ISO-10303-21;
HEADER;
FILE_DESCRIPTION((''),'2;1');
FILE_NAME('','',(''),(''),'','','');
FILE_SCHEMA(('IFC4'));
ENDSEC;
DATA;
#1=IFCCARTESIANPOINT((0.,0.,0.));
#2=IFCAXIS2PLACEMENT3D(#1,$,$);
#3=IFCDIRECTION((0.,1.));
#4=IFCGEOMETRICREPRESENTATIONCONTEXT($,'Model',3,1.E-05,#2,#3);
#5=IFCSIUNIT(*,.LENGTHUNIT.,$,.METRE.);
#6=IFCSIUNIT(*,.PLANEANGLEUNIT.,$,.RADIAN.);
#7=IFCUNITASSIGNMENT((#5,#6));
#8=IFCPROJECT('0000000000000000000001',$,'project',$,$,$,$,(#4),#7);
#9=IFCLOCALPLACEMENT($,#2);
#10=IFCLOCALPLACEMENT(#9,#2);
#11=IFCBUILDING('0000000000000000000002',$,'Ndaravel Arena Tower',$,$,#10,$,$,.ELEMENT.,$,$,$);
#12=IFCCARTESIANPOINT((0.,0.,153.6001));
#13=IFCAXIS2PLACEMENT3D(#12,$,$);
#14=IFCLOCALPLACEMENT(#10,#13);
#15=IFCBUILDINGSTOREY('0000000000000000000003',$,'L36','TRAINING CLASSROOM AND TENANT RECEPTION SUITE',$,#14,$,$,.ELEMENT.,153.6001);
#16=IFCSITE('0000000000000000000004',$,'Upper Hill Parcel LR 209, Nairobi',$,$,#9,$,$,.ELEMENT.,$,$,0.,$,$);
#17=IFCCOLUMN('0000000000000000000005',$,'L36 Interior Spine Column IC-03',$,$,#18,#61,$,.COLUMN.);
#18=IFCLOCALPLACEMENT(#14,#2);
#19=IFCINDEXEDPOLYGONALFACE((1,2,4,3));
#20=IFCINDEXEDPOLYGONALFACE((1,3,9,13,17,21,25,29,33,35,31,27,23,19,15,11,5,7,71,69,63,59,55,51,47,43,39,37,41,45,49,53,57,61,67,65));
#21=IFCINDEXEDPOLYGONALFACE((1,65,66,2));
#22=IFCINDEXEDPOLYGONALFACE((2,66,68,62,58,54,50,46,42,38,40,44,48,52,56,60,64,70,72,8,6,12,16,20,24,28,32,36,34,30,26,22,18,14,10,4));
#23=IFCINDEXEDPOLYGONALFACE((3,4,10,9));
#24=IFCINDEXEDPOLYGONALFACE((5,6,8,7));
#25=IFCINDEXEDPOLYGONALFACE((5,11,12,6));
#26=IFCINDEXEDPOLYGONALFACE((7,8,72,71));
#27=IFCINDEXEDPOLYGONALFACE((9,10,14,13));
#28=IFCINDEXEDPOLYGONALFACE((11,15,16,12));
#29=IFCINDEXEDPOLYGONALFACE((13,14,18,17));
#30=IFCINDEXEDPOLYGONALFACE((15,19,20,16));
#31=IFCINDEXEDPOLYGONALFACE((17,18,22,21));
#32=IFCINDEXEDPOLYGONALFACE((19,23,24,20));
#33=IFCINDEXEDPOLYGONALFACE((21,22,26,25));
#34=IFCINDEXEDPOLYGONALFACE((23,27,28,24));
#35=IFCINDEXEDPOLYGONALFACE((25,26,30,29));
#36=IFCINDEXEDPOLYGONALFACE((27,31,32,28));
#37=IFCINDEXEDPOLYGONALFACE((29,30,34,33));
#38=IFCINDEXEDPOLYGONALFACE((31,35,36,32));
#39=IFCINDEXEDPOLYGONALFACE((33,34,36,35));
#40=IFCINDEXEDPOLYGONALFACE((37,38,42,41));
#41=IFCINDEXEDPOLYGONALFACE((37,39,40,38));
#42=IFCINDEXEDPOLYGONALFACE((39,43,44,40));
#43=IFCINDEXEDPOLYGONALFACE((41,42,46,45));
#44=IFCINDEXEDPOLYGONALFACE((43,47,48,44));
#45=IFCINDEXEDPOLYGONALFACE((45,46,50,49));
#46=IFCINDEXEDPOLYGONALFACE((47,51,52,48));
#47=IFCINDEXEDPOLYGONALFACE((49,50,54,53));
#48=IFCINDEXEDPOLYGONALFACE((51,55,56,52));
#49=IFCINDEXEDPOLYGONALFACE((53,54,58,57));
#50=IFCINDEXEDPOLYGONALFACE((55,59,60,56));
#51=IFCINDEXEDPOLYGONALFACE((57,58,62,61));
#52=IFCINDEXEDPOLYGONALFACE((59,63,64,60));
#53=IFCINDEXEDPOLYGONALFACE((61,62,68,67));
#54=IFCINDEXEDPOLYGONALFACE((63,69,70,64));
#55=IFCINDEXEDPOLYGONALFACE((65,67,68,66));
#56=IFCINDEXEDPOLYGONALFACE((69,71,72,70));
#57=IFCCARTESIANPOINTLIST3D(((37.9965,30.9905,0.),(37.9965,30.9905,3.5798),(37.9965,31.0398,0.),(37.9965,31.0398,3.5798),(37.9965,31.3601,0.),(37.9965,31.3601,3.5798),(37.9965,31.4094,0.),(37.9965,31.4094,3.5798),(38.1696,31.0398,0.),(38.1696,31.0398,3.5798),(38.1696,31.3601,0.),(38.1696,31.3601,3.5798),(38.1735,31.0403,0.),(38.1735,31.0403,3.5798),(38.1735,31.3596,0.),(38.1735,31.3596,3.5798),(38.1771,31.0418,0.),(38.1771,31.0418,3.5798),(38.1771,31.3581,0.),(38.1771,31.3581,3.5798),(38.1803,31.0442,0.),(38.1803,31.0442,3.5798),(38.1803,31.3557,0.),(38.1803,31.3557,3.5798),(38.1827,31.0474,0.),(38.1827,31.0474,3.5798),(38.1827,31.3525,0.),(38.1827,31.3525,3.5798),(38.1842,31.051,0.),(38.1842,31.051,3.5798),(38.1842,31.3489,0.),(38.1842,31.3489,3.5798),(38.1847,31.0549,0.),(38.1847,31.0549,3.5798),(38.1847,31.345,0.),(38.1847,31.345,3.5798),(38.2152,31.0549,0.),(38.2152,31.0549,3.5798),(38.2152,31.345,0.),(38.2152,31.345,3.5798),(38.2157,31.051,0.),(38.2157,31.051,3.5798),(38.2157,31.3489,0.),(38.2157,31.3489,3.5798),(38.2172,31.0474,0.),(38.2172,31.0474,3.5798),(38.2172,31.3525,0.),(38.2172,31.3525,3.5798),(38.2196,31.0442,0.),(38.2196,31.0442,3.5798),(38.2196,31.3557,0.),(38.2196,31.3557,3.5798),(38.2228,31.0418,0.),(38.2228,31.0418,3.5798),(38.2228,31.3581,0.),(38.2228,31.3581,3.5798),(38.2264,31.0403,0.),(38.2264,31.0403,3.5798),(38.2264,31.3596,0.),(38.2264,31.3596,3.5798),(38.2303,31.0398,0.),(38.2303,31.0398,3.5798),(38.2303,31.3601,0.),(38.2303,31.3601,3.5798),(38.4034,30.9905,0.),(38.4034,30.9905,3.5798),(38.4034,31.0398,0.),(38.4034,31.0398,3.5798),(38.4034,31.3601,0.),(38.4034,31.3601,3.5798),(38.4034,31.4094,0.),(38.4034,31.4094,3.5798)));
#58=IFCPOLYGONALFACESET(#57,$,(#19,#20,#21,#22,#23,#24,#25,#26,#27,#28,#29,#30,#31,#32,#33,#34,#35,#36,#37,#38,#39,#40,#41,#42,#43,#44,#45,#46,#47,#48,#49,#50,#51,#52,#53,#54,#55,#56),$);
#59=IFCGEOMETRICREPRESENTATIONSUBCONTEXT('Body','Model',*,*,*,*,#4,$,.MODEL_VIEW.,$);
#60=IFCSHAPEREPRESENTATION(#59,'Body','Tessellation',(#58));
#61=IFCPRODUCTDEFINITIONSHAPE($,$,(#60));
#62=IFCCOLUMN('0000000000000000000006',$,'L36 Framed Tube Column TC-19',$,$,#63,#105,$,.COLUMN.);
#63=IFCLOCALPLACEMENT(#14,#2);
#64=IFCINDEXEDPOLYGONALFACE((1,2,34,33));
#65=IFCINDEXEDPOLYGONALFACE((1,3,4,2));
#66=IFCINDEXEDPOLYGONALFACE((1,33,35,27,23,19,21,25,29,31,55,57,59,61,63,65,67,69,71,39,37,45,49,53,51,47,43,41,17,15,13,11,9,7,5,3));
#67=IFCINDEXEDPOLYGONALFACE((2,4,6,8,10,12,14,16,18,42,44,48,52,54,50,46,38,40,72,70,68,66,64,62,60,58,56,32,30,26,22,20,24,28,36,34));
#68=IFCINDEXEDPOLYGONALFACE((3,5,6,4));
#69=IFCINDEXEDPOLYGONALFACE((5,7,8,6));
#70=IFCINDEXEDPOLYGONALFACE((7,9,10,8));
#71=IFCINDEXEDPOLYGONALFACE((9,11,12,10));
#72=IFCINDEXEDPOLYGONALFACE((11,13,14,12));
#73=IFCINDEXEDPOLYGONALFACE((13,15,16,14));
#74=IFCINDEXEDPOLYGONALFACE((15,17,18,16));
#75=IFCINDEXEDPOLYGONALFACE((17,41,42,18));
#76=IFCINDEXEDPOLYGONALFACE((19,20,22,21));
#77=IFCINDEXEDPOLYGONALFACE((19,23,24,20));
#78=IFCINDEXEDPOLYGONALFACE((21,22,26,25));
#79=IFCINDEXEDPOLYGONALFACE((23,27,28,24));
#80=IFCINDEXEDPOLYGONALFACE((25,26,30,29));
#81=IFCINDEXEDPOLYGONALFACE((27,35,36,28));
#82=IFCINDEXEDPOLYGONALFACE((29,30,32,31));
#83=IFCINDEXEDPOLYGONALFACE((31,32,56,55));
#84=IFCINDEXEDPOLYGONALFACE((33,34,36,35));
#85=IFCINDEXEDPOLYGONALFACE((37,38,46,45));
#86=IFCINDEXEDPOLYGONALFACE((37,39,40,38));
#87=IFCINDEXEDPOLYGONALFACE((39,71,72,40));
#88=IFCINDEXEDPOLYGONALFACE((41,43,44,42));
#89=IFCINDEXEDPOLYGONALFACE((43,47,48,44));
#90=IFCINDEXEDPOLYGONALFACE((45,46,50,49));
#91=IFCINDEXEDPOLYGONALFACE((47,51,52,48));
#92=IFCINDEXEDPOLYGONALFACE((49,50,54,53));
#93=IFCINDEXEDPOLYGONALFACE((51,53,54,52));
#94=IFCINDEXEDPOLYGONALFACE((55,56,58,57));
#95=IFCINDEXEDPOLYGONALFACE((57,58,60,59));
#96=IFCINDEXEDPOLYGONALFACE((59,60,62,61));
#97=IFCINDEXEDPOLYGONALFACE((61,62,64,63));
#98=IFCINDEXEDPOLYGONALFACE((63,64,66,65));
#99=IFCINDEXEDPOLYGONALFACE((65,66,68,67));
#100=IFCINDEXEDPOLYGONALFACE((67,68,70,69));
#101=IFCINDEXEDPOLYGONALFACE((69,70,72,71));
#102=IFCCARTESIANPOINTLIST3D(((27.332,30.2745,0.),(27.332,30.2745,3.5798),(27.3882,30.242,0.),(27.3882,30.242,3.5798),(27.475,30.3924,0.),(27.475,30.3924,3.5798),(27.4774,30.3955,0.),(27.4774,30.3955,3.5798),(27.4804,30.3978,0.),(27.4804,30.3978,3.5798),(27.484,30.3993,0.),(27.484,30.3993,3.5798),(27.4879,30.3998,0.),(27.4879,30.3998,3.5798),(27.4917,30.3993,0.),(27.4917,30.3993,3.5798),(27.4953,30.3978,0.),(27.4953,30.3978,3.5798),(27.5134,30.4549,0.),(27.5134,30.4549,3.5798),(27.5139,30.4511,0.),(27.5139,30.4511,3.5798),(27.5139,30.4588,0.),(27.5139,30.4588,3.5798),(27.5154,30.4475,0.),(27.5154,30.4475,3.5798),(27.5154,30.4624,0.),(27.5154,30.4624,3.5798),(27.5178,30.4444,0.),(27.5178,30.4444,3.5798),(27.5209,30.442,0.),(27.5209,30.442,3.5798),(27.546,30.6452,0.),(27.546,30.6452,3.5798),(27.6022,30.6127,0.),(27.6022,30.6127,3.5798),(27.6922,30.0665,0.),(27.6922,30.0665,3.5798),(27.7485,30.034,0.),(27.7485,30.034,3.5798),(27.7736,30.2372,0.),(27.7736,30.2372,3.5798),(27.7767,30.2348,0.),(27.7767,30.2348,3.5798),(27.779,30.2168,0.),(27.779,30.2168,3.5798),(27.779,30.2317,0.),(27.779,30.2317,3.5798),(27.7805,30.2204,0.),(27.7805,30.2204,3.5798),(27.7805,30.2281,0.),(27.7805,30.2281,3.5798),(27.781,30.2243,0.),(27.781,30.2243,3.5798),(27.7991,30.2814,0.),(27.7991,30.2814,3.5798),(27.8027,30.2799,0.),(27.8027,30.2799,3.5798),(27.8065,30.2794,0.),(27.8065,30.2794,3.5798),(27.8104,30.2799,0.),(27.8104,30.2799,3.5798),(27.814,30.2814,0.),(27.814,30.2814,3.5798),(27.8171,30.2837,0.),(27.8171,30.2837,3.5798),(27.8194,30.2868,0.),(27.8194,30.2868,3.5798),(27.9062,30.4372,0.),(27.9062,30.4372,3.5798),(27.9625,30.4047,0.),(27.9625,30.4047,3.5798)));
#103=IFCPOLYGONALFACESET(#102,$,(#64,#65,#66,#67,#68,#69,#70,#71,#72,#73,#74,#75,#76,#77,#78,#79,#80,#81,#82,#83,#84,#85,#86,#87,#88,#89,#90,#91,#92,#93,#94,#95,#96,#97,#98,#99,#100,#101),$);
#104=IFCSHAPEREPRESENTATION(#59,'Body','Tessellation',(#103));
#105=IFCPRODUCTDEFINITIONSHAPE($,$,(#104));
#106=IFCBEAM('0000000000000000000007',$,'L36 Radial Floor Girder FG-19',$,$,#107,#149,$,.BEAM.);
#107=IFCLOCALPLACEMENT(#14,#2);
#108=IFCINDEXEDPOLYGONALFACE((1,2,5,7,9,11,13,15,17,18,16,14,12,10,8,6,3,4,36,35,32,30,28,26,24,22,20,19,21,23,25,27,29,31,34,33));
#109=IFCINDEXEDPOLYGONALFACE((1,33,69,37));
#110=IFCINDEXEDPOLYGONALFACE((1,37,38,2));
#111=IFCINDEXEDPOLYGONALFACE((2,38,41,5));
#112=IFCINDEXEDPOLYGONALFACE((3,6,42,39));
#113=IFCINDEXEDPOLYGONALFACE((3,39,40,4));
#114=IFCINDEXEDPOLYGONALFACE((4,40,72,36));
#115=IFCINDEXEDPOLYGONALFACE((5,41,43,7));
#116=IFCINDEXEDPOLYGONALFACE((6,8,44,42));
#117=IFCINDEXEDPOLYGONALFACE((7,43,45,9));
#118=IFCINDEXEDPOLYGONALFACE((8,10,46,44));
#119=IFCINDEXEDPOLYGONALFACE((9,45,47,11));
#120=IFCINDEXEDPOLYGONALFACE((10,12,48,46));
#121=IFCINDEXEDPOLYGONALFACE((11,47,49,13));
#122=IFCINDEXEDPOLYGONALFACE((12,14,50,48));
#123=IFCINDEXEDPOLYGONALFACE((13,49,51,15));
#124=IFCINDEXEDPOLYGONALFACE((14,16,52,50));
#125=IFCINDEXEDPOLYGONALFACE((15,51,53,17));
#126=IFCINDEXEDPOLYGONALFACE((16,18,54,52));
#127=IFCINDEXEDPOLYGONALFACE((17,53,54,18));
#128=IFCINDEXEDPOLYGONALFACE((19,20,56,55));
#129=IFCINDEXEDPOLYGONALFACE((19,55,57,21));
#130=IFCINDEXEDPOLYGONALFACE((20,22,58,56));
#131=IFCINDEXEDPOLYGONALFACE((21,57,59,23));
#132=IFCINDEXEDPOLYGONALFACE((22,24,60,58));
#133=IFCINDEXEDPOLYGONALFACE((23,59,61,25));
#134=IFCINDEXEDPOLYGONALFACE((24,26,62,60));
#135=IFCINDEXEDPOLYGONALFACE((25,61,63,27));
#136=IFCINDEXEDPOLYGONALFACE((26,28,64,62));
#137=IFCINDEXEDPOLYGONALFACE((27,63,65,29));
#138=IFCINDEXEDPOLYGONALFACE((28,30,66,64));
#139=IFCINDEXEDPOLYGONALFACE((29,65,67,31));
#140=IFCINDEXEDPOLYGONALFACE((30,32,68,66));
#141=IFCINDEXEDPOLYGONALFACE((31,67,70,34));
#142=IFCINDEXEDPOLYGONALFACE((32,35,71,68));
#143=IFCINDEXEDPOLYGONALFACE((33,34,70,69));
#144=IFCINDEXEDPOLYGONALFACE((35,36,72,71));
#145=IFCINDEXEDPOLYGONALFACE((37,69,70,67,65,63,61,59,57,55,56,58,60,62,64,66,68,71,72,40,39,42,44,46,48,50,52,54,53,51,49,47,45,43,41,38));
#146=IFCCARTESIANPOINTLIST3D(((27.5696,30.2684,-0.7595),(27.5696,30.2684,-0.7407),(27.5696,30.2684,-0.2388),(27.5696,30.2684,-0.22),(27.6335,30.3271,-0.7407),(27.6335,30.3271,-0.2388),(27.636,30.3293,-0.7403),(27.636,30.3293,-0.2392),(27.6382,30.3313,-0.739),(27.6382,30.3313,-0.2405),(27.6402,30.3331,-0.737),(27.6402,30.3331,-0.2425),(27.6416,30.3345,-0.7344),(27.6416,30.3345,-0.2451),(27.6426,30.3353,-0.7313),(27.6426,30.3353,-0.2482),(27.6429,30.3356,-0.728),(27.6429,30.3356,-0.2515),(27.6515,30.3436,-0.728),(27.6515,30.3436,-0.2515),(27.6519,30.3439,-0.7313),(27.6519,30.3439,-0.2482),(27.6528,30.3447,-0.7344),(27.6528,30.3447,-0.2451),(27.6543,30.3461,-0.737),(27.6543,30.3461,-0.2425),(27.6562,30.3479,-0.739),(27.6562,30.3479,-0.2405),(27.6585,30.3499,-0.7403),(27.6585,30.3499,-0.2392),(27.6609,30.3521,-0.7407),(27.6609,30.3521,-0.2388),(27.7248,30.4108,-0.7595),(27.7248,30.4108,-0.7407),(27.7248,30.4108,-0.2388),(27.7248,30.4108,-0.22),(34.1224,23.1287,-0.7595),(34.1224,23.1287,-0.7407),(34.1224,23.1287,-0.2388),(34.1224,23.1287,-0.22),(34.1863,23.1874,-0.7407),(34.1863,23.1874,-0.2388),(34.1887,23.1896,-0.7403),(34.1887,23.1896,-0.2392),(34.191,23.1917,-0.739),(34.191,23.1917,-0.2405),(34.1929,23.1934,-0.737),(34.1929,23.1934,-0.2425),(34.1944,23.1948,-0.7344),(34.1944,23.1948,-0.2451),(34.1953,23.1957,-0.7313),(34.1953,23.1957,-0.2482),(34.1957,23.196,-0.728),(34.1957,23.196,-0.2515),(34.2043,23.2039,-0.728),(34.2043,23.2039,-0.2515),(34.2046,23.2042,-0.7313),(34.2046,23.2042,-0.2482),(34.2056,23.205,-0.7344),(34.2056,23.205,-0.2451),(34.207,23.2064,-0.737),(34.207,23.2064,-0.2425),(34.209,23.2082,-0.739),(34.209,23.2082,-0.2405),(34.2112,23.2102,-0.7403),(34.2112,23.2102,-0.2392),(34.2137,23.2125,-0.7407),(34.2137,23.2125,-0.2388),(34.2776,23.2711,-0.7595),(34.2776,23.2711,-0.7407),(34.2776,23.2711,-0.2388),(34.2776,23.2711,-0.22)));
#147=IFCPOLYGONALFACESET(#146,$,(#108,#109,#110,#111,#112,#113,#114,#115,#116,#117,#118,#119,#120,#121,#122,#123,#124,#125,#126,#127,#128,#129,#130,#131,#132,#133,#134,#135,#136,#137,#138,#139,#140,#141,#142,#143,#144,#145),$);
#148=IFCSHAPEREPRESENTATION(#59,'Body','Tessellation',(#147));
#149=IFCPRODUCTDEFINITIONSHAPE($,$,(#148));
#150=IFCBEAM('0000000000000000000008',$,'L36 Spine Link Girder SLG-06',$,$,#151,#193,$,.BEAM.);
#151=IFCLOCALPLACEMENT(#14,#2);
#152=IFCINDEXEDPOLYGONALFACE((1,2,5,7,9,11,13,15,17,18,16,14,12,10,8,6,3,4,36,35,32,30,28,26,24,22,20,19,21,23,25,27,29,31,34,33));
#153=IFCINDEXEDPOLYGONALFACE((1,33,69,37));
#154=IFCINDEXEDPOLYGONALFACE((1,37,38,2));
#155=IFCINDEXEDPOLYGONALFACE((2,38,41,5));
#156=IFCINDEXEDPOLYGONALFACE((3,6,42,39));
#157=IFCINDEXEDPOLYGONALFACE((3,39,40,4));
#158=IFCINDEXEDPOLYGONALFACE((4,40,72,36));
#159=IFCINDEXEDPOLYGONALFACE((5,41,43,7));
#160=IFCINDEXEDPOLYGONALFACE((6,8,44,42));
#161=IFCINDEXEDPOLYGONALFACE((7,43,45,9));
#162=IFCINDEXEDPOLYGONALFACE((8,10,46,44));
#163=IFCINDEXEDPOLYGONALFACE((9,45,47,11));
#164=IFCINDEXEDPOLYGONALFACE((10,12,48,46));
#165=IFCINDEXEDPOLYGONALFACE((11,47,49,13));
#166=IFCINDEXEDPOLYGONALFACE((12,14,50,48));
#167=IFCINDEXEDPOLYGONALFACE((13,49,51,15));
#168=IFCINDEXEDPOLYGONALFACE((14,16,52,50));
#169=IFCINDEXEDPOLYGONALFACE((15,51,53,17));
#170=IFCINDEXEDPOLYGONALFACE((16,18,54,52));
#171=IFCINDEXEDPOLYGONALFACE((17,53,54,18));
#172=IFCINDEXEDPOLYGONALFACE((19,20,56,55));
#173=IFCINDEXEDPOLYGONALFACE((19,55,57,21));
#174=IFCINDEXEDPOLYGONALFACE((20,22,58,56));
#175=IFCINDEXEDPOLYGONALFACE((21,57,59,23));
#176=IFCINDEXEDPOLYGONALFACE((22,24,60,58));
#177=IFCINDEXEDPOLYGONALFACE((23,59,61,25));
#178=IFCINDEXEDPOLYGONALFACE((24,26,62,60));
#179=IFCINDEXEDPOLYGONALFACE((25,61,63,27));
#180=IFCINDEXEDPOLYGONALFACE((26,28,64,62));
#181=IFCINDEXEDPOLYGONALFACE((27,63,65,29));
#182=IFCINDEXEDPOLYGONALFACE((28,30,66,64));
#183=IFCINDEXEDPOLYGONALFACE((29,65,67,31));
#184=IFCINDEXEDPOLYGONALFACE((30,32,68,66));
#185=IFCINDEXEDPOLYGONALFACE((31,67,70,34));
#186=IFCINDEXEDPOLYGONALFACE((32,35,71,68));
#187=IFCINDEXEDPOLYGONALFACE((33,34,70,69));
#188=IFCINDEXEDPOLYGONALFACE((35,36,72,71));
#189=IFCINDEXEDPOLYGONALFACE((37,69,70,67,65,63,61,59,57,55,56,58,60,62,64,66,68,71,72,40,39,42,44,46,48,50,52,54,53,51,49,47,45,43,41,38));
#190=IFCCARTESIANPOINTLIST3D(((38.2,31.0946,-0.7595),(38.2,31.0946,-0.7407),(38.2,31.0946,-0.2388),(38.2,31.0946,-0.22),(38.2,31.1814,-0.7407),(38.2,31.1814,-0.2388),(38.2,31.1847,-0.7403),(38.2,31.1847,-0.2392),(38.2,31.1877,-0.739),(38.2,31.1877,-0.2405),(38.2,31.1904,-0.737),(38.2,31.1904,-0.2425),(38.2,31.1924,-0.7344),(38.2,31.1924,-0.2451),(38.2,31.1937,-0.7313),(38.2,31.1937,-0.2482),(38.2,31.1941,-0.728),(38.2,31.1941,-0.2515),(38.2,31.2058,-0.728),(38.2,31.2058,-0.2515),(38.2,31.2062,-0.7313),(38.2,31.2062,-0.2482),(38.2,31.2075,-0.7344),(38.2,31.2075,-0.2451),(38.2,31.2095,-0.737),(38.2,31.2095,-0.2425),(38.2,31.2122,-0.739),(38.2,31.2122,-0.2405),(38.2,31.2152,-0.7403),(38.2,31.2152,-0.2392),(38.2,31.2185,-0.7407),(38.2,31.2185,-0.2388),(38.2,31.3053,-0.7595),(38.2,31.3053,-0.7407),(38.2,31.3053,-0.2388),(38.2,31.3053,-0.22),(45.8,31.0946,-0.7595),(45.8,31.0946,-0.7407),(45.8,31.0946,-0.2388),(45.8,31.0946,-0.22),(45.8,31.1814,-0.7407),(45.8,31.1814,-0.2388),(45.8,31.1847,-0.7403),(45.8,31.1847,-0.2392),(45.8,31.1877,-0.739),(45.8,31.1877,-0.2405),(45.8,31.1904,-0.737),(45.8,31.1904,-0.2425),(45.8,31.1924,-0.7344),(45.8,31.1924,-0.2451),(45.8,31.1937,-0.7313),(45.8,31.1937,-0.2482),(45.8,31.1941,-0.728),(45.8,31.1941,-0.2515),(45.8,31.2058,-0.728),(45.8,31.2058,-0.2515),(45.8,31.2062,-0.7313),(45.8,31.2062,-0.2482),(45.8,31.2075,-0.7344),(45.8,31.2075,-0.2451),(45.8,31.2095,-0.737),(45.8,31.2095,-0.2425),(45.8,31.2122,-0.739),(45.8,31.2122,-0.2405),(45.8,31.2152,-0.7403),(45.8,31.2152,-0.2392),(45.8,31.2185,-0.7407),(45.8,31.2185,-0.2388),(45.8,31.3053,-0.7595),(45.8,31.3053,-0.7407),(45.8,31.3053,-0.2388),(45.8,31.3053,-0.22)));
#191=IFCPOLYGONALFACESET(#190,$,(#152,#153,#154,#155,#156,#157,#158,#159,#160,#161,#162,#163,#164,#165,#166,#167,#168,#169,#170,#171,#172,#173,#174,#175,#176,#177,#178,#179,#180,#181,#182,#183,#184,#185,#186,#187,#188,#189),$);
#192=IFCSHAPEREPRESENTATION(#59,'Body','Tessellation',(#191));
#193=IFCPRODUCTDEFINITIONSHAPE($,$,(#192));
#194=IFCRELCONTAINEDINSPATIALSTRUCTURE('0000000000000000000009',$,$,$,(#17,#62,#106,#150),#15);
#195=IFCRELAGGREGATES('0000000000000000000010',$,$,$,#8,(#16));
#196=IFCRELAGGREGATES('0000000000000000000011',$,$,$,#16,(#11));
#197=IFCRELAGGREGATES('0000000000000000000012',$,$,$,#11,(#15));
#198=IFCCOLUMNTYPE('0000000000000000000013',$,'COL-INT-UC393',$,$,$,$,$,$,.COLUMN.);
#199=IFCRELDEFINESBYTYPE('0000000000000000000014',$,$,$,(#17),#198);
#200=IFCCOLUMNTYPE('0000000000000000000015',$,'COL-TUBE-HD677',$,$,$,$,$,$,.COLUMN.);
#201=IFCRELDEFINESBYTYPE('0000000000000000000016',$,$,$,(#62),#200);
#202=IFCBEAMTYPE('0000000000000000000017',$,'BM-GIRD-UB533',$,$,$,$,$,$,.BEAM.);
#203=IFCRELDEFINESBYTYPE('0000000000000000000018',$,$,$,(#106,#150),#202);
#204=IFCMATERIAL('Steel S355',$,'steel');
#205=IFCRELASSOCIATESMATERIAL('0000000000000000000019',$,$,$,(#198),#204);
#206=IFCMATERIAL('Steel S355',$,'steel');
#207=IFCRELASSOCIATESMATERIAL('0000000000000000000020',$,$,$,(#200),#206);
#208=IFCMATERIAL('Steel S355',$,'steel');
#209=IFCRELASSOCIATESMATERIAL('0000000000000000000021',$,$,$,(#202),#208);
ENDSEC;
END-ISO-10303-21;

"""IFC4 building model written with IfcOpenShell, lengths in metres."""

from ifc_helpers import new_model, si_unit, direction, frame, origin, origin_2d, place, context, subcontext, project, spatial, i_section, extrude, material, material_profile, profile_set, type_object, element, save


model = new_model("IFC4")

# Units and contexts
model_context = context("Model", 3, precision=1e-05, world=origin(), true_north=direction((0.0, 1.0)))
body_context = subcontext(model_context, "Body", "Model", "MODEL_VIEW")
ifc_project = project(units=[si_unit("LENGTHUNIT", "METRE"), si_unit("PLANEANGLEUNIT", "RADIAN")], contexts=[model_context])

# Site, building, storey
site_placement = place(None, origin())
site = spatial("IfcSite", under=ifc_project, at=site_placement, Name="Upper Hill Parcel LR 209, Nairobi", CompositionType="ELEMENT", RefElevation=0.0)
building_placement = place(site_placement, origin())
building = spatial("IfcBuilding", under=site, at=building_placement, Name="Ndaravel Arena Tower", CompositionType="ELEMENT")
storey_placement = place(building_placement, frame((0.0, 0.0, 153.6001)))
storey = spatial("IfcBuildingStorey", under=building, at=storey_placement, Name="L36", Description="TRAINING CLASSROOM AND TENANT RECEPTION SUITE", CompositionType="ELEMENT", Elevation=153.6001)

# Columns
ifc_material_1 = material(Name="Steel S355", Category="steel")
ifc_material_profile_1 = material_profile(ifc_material_1, i_section(OverallWidth=0.407, OverallDepth=0.4189, WebThickness=0.0305, FlangeThickness=0.0493, FilletRadius=0.0151, at=origin_2d()), Name="UC 356x406x393")
ifc_profile_set_1 = profile_set([ifc_material_profile_1], Name="Steel S355")
column_type_1 = type_object("IfcColumnType", Name="COL-INT-UC393", PredefinedType="COLUMN", material=ifc_profile_set_1)
column_1_placement = place(storey_placement, frame((38.2, 31.2, 0.0), z_axis=(0.0, 0.0, 1.0), x_axis=(1.0, 0.0, 0.0)))
element("IfcColumn", 1, at=column_1_placement, inside=storey, type_object=column_type_1, Name="L36 Interior Spine Column IC-03", PredefinedType="COLUMN", context=body_context, shape_type="SweptSolid", body=[
    extrude(i_section(OverallWidth=0.407, OverallDepth=0.4189, WebThickness=0.0305, FlangeThickness=0.0493, FilletRadius=0.0151, at=origin_2d()), origin(), (0.0, 0.0, 1.0), 3.5798),
])
ifc_material_2 = material(Name="Steel S355", Category="steel")
ifc_material_profile_2 = material_profile(ifc_material_2, i_section(OverallWidth=0.428, OverallDepth=0.481, WebThickness=0.051, FlangeThickness=0.0649, FilletRadius=0.0149, at=origin_2d()), Name="HD 400x677")
ifc_profile_set_2 = profile_set([ifc_material_profile_2], Name="Steel S355")
column_type_2 = type_object("IfcColumnType", Name="COL-TUBE-HD677", PredefinedType="COLUMN", material=ifc_profile_set_2)
column_2_placement = place(storey_placement, frame((27.6472, 30.3396, 0.0), z_axis=(0.0, 0.0, 1.0), x_axis=(0.5, 0.866025, 0.0)))
element("IfcColumn", 2, at=column_2_placement, inside=storey, type_object=column_type_2, Name="L36 Framed Tube Column TC-19", PredefinedType="COLUMN", context=body_context, shape_type="SweptSolid", body=[
    extrude(i_section(OverallWidth=0.428, OverallDepth=0.481, WebThickness=0.051, FlangeThickness=0.0649, FilletRadius=0.0149, at=origin_2d()), origin(), (0.0, 0.0, 1.0), 3.5798),
])

# Beams
ifc_material_3 = material(Name="Steel S355", Category="steel")
ifc_material_profile_3 = material_profile(ifc_material_3, i_section(OverallWidth=0.2107, OverallDepth=0.5396, WebThickness=0.0117, FlangeThickness=0.0188, FilletRadius=0.0127, at=origin_2d()), Name="UB 533x210x109")
ifc_profile_set_3 = profile_set([ifc_material_profile_3], Name="Steel S355")
beam_type_1 = type_object("IfcBeamType", Name="BM-GIRD-UB533", PredefinedType="BEAM", material=ifc_profile_set_3)
beam_1_placement = place(storey_placement, frame((27.6472, 30.3396, -0.4897), z_axis=(0.676176, -0.73674, 0.0), x_axis=(0.73674, 0.676176, 0.0)))
element("IfcBeam", 3, at=beam_1_placement, inside=storey, type_object=beam_type_1, Name="L36 Radial Floor Girder FG-19", PredefinedType="BEAM", context=body_context, shape_type="SweptSolid", body=[
    extrude(i_section(OverallWidth=0.2107, OverallDepth=0.5396, WebThickness=0.0117, FlangeThickness=0.0188, FilletRadius=0.0127, at=origin_2d()), origin(), (0.0, 0.0, 1.0), 9.6909),
])
beam_2_placement = place(storey_placement, frame((38.2, 31.2, -0.4897), z_axis=(1.0, 0.0, 0.0), x_axis=(0.0, 1.0, 0.0)))
element("IfcBeam", 4, at=beam_2_placement, inside=storey, type_object=beam_type_1, Name="L36 Spine Link Girder SLG-06", PredefinedType="BEAM", context=body_context, shape_type="SweptSolid", body=[
    extrude(i_section(OverallWidth=0.2107, OverallDepth=0.5396, WebThickness=0.0117, FlangeThickness=0.0188, FilletRadius=0.0127, at=origin_2d()), origin(), (0.0, 0.0, 1.0), 7.6001),
])

save(model, "model.ifc")
